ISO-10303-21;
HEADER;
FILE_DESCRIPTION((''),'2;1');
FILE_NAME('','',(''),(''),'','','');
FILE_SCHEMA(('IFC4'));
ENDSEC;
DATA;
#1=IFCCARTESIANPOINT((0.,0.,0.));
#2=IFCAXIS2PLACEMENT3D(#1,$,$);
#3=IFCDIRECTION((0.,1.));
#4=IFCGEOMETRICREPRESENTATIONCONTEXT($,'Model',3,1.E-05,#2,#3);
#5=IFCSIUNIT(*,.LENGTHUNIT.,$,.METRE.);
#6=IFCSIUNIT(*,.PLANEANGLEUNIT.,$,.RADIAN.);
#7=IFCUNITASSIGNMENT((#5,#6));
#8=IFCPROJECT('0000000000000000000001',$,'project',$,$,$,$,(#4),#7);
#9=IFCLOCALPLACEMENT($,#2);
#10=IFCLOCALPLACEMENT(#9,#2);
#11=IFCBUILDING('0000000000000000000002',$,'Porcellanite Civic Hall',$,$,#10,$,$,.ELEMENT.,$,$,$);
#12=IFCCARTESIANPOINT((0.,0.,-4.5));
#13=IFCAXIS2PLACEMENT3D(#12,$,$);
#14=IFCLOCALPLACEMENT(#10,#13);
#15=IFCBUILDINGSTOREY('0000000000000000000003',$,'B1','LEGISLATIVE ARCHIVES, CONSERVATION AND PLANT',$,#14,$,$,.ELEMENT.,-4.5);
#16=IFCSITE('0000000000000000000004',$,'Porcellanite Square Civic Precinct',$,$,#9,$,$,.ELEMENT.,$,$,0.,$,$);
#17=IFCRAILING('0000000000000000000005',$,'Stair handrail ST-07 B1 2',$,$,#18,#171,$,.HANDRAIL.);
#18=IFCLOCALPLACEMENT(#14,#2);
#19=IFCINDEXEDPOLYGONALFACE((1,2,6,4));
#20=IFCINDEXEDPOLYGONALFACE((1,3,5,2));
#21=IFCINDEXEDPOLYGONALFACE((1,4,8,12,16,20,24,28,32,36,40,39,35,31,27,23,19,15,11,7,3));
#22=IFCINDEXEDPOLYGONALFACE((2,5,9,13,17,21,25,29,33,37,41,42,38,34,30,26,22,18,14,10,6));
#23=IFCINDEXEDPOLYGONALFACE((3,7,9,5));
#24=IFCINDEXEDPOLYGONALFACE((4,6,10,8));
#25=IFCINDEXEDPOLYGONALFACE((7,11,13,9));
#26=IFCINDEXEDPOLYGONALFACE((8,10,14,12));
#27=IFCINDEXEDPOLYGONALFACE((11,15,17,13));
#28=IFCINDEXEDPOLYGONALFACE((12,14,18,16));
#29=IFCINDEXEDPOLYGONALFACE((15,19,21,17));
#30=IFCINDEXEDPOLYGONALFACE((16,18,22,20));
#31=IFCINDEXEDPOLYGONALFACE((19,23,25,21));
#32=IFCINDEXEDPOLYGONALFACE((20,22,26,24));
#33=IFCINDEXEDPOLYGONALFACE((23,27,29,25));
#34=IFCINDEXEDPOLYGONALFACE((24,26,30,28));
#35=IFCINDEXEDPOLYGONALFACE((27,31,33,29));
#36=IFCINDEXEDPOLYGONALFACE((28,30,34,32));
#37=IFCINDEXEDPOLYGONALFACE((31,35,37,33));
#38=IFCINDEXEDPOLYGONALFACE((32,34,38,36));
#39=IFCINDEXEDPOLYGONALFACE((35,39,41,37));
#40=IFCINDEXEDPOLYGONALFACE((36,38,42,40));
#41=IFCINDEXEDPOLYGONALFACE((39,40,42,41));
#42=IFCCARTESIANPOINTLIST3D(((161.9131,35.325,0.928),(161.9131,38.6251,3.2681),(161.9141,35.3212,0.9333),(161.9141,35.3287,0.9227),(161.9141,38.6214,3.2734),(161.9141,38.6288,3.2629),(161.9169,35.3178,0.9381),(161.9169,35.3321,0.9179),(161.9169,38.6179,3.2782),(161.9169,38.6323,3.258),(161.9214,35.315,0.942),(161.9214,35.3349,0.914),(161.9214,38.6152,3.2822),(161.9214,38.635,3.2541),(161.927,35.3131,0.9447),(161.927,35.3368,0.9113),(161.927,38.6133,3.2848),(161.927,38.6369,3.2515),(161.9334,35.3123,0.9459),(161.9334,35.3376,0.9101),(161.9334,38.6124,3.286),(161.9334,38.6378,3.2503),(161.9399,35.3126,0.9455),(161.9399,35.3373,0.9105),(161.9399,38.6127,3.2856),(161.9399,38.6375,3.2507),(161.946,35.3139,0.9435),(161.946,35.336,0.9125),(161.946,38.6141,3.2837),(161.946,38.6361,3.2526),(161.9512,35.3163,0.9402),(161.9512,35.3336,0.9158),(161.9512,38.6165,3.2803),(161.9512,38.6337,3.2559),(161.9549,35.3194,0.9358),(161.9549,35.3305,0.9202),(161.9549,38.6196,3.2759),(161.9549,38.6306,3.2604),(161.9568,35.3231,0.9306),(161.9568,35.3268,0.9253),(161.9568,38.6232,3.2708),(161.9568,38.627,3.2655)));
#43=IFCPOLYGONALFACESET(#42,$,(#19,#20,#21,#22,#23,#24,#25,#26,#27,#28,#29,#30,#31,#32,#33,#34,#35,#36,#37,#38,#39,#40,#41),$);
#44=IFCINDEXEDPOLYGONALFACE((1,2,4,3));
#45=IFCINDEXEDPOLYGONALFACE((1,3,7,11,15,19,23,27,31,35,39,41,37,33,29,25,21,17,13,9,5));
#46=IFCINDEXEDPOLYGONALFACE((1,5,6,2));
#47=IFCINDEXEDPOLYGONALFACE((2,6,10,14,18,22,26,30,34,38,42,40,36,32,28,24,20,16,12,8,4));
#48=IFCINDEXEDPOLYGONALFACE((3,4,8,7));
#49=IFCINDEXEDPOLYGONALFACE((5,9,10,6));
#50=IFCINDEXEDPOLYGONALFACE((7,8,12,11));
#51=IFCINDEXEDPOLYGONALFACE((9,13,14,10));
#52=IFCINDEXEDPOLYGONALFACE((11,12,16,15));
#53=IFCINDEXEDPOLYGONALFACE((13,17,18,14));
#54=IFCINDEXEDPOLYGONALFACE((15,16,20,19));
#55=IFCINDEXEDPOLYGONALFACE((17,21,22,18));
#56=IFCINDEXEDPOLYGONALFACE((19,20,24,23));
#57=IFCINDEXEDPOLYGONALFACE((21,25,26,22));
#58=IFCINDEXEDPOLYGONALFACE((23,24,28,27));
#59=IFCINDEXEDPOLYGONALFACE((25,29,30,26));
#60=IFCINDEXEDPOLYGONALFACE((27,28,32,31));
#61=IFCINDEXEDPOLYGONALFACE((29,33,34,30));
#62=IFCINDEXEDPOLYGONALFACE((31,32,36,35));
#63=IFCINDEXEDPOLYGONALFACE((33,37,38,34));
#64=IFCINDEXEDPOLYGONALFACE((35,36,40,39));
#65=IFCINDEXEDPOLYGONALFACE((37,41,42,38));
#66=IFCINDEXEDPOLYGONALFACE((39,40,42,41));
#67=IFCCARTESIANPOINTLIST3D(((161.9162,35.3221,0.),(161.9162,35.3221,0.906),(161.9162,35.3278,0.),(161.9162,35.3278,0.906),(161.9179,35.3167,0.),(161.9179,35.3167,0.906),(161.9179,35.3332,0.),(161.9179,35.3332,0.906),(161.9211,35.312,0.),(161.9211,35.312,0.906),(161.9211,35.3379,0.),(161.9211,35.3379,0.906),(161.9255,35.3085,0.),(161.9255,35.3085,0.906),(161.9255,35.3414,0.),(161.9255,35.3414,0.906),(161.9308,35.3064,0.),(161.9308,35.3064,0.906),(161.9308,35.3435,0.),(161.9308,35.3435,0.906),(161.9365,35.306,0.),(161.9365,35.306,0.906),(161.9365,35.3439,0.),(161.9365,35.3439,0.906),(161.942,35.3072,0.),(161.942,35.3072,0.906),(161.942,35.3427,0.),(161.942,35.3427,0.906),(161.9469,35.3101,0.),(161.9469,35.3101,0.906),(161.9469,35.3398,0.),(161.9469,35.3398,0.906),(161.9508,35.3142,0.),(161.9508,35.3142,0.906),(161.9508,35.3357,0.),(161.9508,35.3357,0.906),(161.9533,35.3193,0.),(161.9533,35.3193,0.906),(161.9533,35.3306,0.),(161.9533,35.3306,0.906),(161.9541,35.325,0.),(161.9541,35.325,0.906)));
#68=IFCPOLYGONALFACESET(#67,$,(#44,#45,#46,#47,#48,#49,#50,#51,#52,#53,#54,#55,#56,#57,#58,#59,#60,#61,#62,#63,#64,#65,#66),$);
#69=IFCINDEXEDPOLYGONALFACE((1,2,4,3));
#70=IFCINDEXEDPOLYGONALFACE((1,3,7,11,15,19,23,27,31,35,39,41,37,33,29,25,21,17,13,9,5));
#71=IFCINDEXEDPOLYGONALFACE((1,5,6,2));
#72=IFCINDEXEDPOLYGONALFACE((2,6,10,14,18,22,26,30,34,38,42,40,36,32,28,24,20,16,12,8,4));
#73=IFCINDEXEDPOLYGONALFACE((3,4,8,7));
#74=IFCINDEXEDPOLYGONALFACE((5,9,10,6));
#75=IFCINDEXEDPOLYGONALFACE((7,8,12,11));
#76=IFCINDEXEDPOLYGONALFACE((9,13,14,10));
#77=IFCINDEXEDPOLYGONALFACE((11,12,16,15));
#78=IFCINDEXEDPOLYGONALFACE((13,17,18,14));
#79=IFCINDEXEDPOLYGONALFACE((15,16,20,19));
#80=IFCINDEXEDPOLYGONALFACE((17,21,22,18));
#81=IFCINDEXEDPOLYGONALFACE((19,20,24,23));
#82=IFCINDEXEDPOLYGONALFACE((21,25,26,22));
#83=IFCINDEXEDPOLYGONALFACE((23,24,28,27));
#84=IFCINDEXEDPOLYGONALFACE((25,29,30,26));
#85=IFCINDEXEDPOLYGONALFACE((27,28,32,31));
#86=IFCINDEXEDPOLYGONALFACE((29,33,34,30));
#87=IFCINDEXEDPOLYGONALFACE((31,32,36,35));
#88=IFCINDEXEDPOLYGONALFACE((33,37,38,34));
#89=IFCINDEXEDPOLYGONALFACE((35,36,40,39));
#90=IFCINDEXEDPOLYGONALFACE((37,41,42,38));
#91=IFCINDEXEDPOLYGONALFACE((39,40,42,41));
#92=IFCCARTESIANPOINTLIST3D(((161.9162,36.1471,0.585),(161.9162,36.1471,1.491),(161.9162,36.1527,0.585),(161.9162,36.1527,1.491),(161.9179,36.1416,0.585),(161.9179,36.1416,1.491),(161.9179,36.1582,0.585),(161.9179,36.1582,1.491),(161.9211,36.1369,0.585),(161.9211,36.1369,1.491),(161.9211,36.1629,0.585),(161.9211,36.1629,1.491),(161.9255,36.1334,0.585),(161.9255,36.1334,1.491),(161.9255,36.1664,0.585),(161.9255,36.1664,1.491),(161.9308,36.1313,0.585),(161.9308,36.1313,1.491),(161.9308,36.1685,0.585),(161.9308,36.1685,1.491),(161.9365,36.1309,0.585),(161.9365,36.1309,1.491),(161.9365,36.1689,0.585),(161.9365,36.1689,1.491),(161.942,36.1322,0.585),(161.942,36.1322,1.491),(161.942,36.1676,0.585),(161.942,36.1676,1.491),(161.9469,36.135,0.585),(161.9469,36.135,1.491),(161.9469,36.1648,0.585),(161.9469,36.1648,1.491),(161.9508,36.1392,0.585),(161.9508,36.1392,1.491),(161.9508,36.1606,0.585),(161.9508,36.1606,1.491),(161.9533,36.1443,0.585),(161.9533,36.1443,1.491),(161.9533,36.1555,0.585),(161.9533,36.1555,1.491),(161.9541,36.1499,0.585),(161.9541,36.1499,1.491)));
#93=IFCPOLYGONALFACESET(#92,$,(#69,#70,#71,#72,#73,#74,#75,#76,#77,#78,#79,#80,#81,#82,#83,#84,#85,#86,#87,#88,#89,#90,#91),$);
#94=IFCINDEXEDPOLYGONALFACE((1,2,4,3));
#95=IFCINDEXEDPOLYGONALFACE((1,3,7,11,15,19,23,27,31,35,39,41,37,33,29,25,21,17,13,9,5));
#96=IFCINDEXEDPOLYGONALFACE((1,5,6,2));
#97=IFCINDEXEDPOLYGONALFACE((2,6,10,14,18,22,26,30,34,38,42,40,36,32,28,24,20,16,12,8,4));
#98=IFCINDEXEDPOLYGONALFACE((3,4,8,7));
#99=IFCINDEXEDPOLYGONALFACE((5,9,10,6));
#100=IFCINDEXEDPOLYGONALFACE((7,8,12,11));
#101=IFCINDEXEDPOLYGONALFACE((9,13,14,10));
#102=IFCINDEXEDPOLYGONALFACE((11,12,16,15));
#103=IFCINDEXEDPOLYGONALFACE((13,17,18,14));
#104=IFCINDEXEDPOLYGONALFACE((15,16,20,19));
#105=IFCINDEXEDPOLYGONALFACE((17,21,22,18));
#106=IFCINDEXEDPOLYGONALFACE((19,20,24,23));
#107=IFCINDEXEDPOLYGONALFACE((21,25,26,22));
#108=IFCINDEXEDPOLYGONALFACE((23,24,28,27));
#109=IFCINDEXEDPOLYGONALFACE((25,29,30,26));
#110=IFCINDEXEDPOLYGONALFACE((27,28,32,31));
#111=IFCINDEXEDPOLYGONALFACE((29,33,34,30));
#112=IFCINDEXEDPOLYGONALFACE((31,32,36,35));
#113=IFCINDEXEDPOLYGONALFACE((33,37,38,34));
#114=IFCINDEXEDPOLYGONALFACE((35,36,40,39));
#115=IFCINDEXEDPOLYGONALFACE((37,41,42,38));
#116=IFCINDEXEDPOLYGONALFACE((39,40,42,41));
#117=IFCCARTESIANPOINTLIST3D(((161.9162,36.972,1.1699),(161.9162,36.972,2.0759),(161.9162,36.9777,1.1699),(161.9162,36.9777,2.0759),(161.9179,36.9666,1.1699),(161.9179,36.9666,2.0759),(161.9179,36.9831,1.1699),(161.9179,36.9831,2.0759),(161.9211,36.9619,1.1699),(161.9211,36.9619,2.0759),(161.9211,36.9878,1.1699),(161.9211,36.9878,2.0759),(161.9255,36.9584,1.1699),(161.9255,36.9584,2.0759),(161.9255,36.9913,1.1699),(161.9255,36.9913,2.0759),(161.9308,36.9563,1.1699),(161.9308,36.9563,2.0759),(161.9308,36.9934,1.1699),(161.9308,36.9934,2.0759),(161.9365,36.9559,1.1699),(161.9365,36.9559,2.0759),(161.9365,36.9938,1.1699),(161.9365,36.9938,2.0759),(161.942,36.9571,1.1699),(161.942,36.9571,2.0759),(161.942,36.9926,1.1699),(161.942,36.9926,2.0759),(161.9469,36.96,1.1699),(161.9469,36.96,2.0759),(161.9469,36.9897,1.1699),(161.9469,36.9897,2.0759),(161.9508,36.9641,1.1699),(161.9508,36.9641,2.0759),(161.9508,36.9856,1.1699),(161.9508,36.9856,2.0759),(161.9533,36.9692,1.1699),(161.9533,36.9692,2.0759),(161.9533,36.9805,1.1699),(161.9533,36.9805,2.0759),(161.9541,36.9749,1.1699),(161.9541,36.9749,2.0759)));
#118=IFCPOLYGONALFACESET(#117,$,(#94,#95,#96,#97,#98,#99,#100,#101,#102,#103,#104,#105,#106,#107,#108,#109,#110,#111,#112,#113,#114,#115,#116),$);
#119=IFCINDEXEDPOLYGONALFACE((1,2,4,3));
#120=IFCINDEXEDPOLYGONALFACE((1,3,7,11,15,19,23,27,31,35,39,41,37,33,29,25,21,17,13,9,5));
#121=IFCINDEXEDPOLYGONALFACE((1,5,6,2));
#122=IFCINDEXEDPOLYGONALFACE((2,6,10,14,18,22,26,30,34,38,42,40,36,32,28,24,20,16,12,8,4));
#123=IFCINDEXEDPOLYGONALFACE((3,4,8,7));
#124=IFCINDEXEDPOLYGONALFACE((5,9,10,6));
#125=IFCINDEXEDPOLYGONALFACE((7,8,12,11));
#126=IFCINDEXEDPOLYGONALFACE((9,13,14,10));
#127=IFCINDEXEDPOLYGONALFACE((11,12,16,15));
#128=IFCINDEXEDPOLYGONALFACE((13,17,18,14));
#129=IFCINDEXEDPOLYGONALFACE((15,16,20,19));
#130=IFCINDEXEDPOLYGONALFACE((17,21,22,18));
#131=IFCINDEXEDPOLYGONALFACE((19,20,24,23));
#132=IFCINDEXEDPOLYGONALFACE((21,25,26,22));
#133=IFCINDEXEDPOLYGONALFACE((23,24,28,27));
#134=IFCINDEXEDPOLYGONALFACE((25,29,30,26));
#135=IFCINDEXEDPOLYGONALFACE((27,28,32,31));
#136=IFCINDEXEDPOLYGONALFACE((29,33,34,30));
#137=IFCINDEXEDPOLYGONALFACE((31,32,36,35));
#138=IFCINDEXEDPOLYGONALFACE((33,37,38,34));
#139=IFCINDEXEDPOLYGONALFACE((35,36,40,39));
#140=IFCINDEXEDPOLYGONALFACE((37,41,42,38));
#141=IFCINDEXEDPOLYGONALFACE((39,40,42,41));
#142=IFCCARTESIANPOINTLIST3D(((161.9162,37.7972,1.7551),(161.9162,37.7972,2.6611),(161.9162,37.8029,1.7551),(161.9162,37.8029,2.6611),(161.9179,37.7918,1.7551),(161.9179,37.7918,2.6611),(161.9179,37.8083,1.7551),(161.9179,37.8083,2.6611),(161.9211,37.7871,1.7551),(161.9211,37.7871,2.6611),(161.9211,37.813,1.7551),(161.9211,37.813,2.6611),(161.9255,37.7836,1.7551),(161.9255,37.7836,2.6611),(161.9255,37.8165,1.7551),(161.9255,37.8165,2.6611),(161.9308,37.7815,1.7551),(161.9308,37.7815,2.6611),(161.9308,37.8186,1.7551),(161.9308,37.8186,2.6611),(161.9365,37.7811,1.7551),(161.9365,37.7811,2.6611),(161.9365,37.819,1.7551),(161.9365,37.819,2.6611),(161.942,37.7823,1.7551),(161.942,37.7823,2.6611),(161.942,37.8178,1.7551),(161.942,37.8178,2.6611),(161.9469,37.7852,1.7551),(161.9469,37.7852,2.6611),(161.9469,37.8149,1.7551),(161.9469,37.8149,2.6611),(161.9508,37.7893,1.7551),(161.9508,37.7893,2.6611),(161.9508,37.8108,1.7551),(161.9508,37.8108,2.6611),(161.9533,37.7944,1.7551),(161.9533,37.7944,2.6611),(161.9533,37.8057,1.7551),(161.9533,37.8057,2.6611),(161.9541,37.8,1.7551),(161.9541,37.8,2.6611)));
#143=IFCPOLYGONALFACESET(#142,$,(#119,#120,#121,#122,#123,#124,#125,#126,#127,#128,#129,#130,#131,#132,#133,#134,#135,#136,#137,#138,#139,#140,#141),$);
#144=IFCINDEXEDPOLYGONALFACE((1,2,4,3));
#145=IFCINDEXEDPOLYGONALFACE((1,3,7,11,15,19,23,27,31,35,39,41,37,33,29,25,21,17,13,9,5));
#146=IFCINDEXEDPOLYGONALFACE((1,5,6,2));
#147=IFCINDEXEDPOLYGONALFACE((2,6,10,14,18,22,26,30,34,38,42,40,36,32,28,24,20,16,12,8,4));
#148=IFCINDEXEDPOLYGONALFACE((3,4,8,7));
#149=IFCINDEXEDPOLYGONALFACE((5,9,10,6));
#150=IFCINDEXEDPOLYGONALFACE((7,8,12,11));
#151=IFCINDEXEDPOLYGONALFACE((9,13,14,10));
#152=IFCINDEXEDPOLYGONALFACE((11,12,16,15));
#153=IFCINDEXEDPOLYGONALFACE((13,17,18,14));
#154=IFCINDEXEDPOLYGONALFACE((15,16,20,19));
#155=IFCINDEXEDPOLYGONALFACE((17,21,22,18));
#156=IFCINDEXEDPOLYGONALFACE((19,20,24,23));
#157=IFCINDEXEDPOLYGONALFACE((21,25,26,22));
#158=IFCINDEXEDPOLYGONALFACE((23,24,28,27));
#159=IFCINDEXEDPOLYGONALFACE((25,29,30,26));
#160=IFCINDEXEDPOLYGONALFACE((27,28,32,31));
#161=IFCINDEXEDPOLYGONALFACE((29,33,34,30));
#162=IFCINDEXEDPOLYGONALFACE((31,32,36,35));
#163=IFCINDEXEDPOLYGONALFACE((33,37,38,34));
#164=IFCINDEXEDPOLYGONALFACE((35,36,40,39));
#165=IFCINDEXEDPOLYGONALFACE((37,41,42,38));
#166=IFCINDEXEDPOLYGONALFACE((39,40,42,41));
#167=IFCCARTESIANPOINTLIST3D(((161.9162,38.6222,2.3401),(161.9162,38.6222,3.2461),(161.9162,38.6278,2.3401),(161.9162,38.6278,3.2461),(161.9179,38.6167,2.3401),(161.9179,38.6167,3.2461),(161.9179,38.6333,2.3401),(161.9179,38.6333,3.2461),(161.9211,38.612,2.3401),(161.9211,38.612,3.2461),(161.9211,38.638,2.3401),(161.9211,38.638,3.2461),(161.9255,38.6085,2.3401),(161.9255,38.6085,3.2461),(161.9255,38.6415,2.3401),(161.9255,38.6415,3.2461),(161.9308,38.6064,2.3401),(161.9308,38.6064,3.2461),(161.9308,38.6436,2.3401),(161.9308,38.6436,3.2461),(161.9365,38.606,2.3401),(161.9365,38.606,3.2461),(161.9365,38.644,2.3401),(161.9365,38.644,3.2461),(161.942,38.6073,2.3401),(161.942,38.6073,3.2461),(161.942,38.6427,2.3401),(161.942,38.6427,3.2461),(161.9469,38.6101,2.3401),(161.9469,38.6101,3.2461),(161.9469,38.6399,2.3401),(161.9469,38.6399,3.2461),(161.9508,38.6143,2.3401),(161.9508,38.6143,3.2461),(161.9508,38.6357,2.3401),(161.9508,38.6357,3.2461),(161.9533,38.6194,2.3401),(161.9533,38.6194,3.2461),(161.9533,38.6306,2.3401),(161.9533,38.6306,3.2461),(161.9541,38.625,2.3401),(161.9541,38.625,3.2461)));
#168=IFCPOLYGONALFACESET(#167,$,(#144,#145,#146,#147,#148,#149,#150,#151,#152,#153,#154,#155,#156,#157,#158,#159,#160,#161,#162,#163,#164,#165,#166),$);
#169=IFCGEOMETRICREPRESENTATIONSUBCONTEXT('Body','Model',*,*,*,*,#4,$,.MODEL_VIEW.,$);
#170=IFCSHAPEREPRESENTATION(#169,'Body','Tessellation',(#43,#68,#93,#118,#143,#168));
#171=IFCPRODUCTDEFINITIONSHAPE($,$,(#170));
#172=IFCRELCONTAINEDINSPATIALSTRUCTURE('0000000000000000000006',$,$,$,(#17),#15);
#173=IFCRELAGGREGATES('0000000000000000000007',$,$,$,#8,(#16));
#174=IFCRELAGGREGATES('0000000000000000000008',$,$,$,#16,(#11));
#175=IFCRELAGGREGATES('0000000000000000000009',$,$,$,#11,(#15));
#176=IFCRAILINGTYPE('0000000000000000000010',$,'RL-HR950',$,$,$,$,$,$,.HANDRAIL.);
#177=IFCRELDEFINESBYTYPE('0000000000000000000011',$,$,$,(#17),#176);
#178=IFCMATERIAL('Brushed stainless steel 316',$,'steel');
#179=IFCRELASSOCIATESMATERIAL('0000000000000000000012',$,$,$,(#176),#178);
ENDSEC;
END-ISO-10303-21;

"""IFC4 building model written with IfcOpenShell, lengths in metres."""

from ifc_helpers import new_model, si_unit, direction, frame, origin, origin_2d, place, context, subcontext, project, spatial, circle, extrude, material, type_object, element, save


model = new_model("IFC4")

# Units and contexts
model_context = context("Model", 3, precision=1e-05, world=origin(), true_north=direction((0.0, 1.0)))
body_context = subcontext(model_context, "Body", "Model", "MODEL_VIEW")
ifc_project = project(units=[si_unit("LENGTHUNIT", "METRE"), si_unit("PLANEANGLEUNIT", "RADIAN")], contexts=[model_context])

# Site, building, storey
site_placement = place(None, origin())
site = spatial("IfcSite", under=ifc_project, at=site_placement, Name="Porcellanite Square Civic Precinct", CompositionType="ELEMENT", RefElevation=0.0)
building_placement = place(site_placement, origin())
building = spatial("IfcBuilding", under=site, at=building_placement, Name="Porcellanite Civic Hall", CompositionType="ELEMENT")
storey_placement = place(building_placement, frame((0.0, 0.0, -4.5)))
storey = spatial("IfcBuildingStorey", under=building, at=storey_placement, Name="B1", Description="LEGISLATIVE ARCHIVES, CONSERVATION AND PLANT", CompositionType="ELEMENT", Elevation=-4.5)

# Railing
ifc_material_1 = material(Name="Brushed stainless steel 316", Category="steel")
railing_type_1 = type_object("IfcRailingType", Name="RL-HR950", PredefinedType="HANDRAIL", material=ifc_material_1)
railing_1_placement = place(storey_placement, frame((161.9351, 35.325, 0.0)))
element("IfcRailing", 1, at=railing_1_placement, inside=storey, type_object=railing_type_1, Name="Stair handrail ST-07 B1 2", PredefinedType="HANDRAIL", context=body_context, shape_type="SweptSolid", body=[
    extrude(circle(Radius=0.022, at=origin_2d()), frame((0.0, 0.0, 0.928), z_axis=(0.0, 0.815727, 0.578438), x_axis=(-1.0, 0.0, 0.0)), (0.0, 0.0, 1.0), 4.0457),
    extrude(circle(Radius=0.019, at=origin_2d()), origin(), (0.0, 0.0, 1.0), 0.906),
    extrude(circle(Radius=0.019, at=origin_2d()), frame((0.0, 0.825, 0.585)), (0.0, 0.0, 1.0), 0.906),
    extrude(circle(Radius=0.019, at=origin_2d()), frame((0.0, 1.6499, 1.1699)), (0.0, 0.0, 1.0), 0.906),
    extrude(circle(Radius=0.019, at=origin_2d()), frame((0.0, 2.4751, 1.7551)), (0.0, 0.0, 1.0), 0.906),
    extrude(circle(Radius=0.019, at=origin_2d()), frame((0.0, 3.3, 2.3401)), (0.0, 0.0, 1.0), 0.906),
])

save(model, "model.ifc")
